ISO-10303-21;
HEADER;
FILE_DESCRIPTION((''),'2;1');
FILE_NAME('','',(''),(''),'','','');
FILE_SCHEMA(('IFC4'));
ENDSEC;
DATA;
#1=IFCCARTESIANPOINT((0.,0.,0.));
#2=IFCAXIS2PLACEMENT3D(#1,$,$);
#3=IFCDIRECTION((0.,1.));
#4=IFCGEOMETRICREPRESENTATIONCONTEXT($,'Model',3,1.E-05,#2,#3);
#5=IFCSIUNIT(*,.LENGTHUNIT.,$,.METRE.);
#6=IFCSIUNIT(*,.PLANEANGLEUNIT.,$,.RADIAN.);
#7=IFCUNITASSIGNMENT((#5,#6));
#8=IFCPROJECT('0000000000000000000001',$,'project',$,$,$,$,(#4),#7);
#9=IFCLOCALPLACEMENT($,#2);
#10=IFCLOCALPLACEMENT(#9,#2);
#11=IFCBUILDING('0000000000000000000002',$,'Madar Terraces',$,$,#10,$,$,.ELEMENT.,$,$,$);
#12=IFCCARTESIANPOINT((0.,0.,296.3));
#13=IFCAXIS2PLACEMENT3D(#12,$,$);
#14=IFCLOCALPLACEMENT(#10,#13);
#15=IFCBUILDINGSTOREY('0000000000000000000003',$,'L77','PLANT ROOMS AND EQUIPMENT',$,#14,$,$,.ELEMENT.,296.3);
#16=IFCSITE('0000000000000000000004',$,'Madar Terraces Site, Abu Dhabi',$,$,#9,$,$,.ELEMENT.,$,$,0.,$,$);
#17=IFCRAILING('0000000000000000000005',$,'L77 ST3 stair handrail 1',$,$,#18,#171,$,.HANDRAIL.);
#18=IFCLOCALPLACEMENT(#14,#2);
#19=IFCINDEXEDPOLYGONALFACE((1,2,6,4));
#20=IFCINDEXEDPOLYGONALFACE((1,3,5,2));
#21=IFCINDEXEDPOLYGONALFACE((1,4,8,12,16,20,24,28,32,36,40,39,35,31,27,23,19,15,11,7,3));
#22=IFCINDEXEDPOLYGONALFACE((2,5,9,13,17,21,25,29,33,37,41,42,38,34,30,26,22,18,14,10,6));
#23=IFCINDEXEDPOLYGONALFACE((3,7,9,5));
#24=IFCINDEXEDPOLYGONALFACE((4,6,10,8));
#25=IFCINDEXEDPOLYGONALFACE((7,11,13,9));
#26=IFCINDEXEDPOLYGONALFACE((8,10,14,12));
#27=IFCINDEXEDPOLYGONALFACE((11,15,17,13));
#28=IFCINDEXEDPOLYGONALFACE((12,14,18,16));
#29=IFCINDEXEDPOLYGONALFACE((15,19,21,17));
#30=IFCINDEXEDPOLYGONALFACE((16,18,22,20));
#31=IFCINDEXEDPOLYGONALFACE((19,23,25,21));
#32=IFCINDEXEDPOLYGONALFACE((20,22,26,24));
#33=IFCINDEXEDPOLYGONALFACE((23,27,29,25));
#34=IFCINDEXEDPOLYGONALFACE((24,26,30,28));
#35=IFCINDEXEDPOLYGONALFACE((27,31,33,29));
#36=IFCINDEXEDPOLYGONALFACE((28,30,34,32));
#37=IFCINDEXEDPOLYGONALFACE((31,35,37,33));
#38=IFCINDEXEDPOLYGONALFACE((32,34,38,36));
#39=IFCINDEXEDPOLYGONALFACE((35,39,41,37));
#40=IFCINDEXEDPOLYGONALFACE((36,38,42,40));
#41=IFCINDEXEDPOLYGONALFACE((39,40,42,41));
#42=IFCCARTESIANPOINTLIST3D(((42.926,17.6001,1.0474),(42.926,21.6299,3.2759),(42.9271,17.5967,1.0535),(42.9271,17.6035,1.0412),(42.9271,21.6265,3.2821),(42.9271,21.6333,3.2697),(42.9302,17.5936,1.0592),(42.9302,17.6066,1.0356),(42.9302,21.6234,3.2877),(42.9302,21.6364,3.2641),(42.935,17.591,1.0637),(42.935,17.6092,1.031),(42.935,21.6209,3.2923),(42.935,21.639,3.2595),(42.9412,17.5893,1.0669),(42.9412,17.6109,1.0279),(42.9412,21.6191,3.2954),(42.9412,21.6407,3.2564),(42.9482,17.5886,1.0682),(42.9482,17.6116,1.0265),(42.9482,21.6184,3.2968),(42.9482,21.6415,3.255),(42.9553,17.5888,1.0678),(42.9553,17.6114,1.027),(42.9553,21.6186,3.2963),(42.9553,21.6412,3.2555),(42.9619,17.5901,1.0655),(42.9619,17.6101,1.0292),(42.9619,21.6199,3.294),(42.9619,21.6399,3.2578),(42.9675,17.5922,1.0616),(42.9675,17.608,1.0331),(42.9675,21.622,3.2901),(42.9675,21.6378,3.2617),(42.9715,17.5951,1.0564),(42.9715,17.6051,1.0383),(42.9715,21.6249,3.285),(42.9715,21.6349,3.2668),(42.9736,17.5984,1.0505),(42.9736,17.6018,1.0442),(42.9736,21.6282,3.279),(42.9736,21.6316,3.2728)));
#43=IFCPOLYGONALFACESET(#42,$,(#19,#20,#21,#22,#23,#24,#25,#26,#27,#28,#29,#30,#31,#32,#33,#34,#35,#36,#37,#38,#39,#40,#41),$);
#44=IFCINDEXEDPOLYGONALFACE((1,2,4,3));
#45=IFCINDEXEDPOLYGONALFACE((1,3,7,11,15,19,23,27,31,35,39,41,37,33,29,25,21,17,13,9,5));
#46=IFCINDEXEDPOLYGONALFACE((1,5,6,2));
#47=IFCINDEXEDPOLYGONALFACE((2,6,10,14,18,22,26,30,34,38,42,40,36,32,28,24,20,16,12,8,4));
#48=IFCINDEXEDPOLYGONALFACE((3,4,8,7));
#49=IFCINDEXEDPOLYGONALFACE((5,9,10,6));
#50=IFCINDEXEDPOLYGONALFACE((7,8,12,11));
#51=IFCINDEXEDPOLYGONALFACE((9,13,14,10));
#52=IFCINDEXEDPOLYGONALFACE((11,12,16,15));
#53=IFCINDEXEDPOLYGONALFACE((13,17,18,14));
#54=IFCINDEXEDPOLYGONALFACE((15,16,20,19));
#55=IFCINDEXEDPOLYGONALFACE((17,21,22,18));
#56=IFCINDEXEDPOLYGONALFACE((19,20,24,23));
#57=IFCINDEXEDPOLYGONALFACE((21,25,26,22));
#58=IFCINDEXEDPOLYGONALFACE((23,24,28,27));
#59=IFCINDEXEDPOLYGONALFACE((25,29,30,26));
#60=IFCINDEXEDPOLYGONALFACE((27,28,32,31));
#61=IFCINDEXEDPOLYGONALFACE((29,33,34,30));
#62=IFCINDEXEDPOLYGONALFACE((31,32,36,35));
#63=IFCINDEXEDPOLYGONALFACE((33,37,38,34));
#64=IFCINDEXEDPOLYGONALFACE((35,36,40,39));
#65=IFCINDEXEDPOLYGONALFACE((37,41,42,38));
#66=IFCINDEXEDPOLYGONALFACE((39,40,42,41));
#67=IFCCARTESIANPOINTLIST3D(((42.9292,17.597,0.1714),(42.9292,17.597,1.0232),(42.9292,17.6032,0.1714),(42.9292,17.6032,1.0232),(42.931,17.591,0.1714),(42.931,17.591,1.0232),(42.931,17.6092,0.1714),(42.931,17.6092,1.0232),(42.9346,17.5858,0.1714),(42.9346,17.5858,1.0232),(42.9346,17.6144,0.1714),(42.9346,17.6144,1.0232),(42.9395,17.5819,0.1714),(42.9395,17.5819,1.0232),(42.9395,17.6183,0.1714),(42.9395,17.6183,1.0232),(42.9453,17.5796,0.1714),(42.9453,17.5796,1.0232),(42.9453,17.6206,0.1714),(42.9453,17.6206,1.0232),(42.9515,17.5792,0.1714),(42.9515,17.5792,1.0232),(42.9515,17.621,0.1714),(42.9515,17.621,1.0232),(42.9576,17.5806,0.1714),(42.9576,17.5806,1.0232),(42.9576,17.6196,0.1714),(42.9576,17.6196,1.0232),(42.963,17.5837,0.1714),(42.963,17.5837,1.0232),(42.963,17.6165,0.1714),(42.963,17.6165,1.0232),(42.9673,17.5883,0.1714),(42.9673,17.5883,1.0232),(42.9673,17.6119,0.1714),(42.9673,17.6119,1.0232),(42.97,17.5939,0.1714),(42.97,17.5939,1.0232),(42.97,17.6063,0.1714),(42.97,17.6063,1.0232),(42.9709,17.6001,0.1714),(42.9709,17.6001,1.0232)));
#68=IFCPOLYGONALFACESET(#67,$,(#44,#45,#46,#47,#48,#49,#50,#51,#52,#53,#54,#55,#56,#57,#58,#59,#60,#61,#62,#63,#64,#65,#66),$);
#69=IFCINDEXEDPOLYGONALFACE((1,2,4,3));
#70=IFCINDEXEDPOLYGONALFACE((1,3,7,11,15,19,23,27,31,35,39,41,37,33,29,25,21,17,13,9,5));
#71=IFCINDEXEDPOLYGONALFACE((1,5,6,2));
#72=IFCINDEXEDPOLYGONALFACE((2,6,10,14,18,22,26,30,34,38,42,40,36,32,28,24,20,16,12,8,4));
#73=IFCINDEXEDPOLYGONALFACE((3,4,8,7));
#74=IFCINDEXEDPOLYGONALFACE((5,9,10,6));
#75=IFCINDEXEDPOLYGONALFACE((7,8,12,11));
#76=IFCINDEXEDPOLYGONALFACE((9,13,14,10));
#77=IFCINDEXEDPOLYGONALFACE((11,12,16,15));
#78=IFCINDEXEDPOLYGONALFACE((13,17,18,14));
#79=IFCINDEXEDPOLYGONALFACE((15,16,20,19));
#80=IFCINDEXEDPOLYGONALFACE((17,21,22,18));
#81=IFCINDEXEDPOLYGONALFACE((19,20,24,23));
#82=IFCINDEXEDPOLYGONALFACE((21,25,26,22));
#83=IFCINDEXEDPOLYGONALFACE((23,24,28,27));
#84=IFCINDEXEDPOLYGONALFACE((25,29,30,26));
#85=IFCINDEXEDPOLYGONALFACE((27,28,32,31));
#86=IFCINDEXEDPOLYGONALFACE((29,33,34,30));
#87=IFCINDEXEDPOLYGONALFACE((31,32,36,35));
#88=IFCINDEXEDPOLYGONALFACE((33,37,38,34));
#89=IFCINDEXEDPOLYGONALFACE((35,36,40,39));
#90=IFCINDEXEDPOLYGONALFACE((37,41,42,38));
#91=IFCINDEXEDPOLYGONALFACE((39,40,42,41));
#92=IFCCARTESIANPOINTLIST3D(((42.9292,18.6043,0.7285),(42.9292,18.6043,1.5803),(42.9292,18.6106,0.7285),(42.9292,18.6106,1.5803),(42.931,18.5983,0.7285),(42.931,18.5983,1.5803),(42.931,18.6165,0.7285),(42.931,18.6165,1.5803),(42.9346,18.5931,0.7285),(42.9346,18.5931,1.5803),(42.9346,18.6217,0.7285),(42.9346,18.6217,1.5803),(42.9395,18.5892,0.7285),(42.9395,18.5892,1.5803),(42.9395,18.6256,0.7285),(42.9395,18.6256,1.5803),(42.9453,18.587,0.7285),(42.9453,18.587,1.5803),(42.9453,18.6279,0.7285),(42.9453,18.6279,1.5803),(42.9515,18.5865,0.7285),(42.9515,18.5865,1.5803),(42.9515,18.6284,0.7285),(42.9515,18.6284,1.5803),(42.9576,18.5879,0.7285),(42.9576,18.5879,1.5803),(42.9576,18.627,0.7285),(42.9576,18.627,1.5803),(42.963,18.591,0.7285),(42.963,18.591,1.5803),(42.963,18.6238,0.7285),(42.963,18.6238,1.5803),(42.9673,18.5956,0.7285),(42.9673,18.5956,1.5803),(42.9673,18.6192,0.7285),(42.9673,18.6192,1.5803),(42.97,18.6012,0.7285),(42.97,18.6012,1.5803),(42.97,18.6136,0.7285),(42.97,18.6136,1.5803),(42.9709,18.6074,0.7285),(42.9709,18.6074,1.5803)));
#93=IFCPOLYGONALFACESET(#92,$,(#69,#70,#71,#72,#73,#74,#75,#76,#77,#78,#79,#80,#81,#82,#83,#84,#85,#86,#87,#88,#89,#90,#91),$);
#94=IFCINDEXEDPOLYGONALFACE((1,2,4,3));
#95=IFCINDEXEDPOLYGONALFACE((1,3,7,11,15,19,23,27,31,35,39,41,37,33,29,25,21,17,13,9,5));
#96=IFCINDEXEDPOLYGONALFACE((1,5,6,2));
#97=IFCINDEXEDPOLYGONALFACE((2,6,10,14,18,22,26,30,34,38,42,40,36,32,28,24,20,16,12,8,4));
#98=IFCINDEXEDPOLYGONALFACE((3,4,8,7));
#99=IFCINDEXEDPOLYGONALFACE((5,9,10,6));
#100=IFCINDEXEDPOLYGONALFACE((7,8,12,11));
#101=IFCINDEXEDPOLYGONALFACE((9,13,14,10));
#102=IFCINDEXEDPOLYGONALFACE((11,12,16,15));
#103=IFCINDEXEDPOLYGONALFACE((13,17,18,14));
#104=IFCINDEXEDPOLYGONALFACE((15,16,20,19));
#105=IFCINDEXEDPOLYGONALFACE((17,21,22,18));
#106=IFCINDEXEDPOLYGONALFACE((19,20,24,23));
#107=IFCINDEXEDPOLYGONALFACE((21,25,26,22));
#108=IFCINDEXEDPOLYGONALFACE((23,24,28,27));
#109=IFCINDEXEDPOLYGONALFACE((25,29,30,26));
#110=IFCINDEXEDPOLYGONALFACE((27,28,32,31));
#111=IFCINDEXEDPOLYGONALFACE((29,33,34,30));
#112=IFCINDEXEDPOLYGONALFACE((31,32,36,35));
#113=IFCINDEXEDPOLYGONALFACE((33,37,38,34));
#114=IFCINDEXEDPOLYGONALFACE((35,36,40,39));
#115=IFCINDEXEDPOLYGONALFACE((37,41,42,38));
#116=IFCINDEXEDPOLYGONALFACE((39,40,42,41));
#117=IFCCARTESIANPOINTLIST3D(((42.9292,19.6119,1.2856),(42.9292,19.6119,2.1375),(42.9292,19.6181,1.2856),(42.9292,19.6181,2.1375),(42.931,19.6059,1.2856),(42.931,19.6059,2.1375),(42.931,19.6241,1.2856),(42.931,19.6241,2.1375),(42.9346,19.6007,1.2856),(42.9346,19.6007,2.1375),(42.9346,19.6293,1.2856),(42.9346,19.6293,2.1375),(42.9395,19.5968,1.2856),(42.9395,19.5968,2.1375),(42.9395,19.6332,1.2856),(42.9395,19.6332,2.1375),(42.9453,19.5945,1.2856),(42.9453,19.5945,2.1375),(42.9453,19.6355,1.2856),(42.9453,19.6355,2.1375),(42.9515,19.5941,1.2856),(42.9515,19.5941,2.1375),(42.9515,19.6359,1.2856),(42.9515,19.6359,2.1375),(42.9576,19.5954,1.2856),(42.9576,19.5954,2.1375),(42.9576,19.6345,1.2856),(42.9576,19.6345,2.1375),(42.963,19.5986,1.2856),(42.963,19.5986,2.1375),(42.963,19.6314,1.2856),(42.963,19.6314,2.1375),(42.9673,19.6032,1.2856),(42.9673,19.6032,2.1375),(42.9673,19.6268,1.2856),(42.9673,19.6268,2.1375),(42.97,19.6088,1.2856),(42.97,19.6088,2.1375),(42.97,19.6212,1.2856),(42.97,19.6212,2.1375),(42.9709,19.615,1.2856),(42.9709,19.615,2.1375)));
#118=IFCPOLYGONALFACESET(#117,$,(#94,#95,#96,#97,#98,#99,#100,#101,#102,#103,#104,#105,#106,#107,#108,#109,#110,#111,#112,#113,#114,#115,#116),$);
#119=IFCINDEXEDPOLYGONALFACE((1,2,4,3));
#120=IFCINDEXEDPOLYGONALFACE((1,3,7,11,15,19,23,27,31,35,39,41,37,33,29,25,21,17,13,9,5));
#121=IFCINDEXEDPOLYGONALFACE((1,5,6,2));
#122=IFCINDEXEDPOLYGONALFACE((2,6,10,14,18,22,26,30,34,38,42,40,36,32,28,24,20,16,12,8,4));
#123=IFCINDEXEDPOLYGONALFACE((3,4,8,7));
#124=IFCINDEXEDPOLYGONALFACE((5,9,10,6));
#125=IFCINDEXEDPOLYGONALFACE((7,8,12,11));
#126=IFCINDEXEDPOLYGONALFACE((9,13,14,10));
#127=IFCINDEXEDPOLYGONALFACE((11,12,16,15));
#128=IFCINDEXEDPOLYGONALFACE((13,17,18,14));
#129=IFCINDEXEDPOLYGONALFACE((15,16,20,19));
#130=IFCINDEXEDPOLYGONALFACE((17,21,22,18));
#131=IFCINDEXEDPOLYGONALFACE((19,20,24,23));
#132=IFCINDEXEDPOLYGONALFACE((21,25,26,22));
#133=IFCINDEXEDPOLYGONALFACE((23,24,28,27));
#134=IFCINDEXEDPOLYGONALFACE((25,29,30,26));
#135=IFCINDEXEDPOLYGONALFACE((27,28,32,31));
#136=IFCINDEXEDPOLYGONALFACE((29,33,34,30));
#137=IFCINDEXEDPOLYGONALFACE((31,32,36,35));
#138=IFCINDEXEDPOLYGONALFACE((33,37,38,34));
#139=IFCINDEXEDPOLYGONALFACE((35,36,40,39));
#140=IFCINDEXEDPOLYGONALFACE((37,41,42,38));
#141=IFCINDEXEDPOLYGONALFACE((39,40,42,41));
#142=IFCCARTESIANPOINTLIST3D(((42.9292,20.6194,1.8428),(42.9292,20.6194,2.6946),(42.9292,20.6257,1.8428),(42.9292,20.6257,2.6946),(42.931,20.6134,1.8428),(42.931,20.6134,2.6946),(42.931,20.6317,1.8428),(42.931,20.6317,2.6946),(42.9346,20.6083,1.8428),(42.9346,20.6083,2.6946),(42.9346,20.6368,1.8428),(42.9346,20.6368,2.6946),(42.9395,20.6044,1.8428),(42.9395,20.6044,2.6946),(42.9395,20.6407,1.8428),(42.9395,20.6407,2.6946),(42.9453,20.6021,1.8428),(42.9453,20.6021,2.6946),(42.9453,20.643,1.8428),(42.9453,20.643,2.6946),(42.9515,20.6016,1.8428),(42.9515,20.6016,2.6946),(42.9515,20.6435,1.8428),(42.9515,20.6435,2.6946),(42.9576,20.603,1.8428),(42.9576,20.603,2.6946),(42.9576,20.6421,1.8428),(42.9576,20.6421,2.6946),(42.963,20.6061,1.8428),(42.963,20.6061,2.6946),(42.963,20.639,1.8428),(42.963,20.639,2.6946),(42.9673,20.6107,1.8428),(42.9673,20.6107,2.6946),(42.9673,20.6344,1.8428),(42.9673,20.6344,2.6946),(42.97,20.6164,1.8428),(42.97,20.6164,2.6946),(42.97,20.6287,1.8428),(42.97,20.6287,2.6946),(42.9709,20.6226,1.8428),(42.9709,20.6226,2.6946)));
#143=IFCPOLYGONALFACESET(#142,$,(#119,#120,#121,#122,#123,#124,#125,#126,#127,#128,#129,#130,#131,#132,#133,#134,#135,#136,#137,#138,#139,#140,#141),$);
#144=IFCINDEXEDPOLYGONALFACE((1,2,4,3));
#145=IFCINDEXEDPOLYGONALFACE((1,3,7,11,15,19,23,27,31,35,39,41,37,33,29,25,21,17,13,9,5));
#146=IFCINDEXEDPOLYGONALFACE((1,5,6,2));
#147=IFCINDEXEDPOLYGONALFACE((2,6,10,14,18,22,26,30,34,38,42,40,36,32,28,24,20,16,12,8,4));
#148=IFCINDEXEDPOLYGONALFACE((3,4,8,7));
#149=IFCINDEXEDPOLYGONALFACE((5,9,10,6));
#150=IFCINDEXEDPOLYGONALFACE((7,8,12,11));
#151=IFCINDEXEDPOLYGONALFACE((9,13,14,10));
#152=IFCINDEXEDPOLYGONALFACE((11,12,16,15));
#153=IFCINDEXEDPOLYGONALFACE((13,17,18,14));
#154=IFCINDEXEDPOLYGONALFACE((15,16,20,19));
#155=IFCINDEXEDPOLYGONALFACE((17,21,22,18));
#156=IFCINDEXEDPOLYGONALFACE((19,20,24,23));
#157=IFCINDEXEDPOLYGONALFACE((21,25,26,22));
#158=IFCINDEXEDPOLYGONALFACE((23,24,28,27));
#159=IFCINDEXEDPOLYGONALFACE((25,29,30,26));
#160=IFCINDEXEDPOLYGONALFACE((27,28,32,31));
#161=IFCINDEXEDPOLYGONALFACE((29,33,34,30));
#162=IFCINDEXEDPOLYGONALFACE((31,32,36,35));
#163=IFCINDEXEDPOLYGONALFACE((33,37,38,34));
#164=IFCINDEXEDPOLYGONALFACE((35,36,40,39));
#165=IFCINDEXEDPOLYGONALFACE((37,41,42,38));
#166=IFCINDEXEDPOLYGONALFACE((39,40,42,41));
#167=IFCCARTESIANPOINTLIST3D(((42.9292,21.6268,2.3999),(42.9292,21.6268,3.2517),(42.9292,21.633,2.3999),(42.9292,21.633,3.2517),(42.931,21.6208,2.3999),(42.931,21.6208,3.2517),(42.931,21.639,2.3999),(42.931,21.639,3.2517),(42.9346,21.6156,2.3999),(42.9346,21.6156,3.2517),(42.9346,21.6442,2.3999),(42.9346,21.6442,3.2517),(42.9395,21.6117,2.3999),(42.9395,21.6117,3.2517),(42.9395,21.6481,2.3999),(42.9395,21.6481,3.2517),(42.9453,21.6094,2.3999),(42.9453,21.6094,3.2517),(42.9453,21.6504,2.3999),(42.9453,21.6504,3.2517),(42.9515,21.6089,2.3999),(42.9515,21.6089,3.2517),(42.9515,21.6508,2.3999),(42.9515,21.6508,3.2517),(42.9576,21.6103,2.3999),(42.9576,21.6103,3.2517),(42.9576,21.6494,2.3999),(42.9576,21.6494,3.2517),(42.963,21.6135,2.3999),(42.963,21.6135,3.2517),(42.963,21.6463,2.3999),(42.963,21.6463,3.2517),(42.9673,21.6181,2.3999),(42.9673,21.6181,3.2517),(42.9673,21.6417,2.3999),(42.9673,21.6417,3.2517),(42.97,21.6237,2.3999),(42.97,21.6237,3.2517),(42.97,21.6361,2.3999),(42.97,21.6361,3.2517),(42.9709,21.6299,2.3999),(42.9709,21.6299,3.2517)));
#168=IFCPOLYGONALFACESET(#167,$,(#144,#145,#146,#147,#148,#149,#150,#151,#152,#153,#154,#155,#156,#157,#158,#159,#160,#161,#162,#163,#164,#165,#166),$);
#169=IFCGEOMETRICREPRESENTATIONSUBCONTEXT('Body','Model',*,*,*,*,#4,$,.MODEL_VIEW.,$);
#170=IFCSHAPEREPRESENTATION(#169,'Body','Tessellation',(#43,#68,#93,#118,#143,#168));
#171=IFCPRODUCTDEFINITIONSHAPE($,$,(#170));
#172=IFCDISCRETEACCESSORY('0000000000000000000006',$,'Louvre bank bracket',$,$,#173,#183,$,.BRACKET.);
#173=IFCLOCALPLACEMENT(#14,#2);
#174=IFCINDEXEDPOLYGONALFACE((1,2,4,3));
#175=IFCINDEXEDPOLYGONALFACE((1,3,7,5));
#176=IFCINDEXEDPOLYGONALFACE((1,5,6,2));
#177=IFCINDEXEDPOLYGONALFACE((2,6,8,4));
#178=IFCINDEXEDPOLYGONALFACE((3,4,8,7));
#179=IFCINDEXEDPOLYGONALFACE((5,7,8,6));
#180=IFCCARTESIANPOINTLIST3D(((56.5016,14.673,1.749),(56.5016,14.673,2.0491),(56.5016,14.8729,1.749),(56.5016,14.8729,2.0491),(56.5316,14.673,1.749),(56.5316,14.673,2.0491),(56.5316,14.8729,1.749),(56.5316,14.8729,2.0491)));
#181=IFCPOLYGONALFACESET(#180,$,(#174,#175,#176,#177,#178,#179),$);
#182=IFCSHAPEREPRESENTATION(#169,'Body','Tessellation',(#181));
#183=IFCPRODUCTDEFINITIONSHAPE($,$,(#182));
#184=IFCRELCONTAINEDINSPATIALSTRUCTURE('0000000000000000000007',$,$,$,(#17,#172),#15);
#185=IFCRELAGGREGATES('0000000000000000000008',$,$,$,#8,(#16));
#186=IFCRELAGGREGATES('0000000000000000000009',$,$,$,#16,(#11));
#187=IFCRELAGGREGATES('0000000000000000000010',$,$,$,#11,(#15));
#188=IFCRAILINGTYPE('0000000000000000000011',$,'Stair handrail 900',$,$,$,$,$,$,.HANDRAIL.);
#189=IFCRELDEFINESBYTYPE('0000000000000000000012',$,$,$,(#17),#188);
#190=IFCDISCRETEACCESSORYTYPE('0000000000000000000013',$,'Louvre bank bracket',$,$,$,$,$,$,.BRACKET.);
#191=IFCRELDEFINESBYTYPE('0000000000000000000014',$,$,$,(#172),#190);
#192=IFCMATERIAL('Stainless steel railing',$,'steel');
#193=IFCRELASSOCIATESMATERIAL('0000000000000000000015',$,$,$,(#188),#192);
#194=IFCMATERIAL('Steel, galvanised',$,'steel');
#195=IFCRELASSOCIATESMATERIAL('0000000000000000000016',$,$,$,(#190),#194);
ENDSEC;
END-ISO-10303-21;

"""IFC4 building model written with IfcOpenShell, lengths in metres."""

from ifc_helpers import new_model, si_unit, direction, frame, origin, origin_2d, place, context, subcontext, project, spatial, rectangle, circle, extrude, material, type_object, element, save


model = new_model("IFC4")

# Units and contexts
model_context = context("Model", 3, precision=1e-05, world=origin(), true_north=direction((0.0, 1.0)))
body_context = subcontext(model_context, "Body", "Model", "MODEL_VIEW")
ifc_project = project(units=[si_unit("LENGTHUNIT", "METRE"), si_unit("PLANEANGLEUNIT", "RADIAN")], contexts=[model_context])

# Site, building, storey
site_placement = place(None, origin())
site = spatial("IfcSite", under=ifc_project, at=site_placement, Name="Madar Terraces Site, Abu Dhabi", CompositionType="ELEMENT", RefElevation=0.0)
building_placement = place(site_placement, origin())
building = spatial("IfcBuilding", under=site, at=building_placement, Name="Madar Terraces", CompositionType="ELEMENT")
storey_placement = place(building_placement, frame((0.0, 0.0, 296.3)))
storey = spatial("IfcBuildingStorey", under=building, at=storey_placement, Name="L77", Description="PLANT ROOMS AND EQUIPMENT", CompositionType="ELEMENT", Elevation=296.3)

# Railing
ifc_material_1 = material(Name="Stainless steel railing", Category="steel")
railing_type_1 = type_object("IfcRailingType", Name="Stair handrail 900", PredefinedType="HANDRAIL", material=ifc_material_1)
railing_placement = place(storey_placement, frame((42.95, 17.6001, 0.1714)))
element("IfcRailing", 1, at=railing_placement, inside=storey, type_object=railing_type_1, Name="L77 ST3 stair handrail 1", PredefinedType="HANDRAIL", context=body_context, shape_type="SweptSolid", body=[
    extrude(circle(Radius=0.0239, at=origin_2d()), frame((0.0, 0.0, 0.876), z_axis=(0.0, 0.875101, 0.48394), x_axis=(-1.0, 0.0, 0.0)), (0.0, 0.0, 1.0), 4.605),
    extrude(circle(Radius=0.021, at=origin_2d()), origin(), (0.0, 0.0, 1.0), 0.8518),
    extrude(circle(Radius=0.021, at=origin_2d()), frame((0.0, 1.0073, 0.5571)), (0.0, 0.0, 1.0), 0.8518),
    extrude(circle(Radius=0.021, at=origin_2d()), frame((0.0, 2.0149, 1.1143)), (0.0, 0.0, 1.0), 0.8518),
    extrude(circle(Radius=0.021, at=origin_2d()), frame((0.0, 3.0225, 1.6714)), (0.0, 0.0, 1.0), 0.8518),
    extrude(circle(Radius=0.021, at=origin_2d()), frame((0.0, 4.0298, 2.2285)), (0.0, 0.0, 1.0), 0.8518),
])

# Discrete accessory
ifc_material_2 = material(Name="Steel, galvanised", Category="steel")
discrete_accessory_type = type_object("IfcDiscreteAccessoryType", Name="Louvre bank bracket", PredefinedType="BRACKET", material=ifc_material_2)
discrete_accessory_placement = place(storey_placement, frame((56.5166, 14.7729, 1.749), z_axis=(0.0, 0.0, 1.0), x_axis=(0.0, 1.0, 0.0)))
element("IfcDiscreteAccessory", 2, at=discrete_accessory_placement, inside=storey, type_object=discrete_accessory_type, Name="Louvre bank bracket", PredefinedType="BRACKET", context=body_context, shape_type="SweptSolid", body=[
    extrude(rectangle(XDim=0.2, YDim=0.03, at=origin_2d()), origin(), (0.0, 0.0, 1.0), 0.3),
])

save(model, "model.ifc")
